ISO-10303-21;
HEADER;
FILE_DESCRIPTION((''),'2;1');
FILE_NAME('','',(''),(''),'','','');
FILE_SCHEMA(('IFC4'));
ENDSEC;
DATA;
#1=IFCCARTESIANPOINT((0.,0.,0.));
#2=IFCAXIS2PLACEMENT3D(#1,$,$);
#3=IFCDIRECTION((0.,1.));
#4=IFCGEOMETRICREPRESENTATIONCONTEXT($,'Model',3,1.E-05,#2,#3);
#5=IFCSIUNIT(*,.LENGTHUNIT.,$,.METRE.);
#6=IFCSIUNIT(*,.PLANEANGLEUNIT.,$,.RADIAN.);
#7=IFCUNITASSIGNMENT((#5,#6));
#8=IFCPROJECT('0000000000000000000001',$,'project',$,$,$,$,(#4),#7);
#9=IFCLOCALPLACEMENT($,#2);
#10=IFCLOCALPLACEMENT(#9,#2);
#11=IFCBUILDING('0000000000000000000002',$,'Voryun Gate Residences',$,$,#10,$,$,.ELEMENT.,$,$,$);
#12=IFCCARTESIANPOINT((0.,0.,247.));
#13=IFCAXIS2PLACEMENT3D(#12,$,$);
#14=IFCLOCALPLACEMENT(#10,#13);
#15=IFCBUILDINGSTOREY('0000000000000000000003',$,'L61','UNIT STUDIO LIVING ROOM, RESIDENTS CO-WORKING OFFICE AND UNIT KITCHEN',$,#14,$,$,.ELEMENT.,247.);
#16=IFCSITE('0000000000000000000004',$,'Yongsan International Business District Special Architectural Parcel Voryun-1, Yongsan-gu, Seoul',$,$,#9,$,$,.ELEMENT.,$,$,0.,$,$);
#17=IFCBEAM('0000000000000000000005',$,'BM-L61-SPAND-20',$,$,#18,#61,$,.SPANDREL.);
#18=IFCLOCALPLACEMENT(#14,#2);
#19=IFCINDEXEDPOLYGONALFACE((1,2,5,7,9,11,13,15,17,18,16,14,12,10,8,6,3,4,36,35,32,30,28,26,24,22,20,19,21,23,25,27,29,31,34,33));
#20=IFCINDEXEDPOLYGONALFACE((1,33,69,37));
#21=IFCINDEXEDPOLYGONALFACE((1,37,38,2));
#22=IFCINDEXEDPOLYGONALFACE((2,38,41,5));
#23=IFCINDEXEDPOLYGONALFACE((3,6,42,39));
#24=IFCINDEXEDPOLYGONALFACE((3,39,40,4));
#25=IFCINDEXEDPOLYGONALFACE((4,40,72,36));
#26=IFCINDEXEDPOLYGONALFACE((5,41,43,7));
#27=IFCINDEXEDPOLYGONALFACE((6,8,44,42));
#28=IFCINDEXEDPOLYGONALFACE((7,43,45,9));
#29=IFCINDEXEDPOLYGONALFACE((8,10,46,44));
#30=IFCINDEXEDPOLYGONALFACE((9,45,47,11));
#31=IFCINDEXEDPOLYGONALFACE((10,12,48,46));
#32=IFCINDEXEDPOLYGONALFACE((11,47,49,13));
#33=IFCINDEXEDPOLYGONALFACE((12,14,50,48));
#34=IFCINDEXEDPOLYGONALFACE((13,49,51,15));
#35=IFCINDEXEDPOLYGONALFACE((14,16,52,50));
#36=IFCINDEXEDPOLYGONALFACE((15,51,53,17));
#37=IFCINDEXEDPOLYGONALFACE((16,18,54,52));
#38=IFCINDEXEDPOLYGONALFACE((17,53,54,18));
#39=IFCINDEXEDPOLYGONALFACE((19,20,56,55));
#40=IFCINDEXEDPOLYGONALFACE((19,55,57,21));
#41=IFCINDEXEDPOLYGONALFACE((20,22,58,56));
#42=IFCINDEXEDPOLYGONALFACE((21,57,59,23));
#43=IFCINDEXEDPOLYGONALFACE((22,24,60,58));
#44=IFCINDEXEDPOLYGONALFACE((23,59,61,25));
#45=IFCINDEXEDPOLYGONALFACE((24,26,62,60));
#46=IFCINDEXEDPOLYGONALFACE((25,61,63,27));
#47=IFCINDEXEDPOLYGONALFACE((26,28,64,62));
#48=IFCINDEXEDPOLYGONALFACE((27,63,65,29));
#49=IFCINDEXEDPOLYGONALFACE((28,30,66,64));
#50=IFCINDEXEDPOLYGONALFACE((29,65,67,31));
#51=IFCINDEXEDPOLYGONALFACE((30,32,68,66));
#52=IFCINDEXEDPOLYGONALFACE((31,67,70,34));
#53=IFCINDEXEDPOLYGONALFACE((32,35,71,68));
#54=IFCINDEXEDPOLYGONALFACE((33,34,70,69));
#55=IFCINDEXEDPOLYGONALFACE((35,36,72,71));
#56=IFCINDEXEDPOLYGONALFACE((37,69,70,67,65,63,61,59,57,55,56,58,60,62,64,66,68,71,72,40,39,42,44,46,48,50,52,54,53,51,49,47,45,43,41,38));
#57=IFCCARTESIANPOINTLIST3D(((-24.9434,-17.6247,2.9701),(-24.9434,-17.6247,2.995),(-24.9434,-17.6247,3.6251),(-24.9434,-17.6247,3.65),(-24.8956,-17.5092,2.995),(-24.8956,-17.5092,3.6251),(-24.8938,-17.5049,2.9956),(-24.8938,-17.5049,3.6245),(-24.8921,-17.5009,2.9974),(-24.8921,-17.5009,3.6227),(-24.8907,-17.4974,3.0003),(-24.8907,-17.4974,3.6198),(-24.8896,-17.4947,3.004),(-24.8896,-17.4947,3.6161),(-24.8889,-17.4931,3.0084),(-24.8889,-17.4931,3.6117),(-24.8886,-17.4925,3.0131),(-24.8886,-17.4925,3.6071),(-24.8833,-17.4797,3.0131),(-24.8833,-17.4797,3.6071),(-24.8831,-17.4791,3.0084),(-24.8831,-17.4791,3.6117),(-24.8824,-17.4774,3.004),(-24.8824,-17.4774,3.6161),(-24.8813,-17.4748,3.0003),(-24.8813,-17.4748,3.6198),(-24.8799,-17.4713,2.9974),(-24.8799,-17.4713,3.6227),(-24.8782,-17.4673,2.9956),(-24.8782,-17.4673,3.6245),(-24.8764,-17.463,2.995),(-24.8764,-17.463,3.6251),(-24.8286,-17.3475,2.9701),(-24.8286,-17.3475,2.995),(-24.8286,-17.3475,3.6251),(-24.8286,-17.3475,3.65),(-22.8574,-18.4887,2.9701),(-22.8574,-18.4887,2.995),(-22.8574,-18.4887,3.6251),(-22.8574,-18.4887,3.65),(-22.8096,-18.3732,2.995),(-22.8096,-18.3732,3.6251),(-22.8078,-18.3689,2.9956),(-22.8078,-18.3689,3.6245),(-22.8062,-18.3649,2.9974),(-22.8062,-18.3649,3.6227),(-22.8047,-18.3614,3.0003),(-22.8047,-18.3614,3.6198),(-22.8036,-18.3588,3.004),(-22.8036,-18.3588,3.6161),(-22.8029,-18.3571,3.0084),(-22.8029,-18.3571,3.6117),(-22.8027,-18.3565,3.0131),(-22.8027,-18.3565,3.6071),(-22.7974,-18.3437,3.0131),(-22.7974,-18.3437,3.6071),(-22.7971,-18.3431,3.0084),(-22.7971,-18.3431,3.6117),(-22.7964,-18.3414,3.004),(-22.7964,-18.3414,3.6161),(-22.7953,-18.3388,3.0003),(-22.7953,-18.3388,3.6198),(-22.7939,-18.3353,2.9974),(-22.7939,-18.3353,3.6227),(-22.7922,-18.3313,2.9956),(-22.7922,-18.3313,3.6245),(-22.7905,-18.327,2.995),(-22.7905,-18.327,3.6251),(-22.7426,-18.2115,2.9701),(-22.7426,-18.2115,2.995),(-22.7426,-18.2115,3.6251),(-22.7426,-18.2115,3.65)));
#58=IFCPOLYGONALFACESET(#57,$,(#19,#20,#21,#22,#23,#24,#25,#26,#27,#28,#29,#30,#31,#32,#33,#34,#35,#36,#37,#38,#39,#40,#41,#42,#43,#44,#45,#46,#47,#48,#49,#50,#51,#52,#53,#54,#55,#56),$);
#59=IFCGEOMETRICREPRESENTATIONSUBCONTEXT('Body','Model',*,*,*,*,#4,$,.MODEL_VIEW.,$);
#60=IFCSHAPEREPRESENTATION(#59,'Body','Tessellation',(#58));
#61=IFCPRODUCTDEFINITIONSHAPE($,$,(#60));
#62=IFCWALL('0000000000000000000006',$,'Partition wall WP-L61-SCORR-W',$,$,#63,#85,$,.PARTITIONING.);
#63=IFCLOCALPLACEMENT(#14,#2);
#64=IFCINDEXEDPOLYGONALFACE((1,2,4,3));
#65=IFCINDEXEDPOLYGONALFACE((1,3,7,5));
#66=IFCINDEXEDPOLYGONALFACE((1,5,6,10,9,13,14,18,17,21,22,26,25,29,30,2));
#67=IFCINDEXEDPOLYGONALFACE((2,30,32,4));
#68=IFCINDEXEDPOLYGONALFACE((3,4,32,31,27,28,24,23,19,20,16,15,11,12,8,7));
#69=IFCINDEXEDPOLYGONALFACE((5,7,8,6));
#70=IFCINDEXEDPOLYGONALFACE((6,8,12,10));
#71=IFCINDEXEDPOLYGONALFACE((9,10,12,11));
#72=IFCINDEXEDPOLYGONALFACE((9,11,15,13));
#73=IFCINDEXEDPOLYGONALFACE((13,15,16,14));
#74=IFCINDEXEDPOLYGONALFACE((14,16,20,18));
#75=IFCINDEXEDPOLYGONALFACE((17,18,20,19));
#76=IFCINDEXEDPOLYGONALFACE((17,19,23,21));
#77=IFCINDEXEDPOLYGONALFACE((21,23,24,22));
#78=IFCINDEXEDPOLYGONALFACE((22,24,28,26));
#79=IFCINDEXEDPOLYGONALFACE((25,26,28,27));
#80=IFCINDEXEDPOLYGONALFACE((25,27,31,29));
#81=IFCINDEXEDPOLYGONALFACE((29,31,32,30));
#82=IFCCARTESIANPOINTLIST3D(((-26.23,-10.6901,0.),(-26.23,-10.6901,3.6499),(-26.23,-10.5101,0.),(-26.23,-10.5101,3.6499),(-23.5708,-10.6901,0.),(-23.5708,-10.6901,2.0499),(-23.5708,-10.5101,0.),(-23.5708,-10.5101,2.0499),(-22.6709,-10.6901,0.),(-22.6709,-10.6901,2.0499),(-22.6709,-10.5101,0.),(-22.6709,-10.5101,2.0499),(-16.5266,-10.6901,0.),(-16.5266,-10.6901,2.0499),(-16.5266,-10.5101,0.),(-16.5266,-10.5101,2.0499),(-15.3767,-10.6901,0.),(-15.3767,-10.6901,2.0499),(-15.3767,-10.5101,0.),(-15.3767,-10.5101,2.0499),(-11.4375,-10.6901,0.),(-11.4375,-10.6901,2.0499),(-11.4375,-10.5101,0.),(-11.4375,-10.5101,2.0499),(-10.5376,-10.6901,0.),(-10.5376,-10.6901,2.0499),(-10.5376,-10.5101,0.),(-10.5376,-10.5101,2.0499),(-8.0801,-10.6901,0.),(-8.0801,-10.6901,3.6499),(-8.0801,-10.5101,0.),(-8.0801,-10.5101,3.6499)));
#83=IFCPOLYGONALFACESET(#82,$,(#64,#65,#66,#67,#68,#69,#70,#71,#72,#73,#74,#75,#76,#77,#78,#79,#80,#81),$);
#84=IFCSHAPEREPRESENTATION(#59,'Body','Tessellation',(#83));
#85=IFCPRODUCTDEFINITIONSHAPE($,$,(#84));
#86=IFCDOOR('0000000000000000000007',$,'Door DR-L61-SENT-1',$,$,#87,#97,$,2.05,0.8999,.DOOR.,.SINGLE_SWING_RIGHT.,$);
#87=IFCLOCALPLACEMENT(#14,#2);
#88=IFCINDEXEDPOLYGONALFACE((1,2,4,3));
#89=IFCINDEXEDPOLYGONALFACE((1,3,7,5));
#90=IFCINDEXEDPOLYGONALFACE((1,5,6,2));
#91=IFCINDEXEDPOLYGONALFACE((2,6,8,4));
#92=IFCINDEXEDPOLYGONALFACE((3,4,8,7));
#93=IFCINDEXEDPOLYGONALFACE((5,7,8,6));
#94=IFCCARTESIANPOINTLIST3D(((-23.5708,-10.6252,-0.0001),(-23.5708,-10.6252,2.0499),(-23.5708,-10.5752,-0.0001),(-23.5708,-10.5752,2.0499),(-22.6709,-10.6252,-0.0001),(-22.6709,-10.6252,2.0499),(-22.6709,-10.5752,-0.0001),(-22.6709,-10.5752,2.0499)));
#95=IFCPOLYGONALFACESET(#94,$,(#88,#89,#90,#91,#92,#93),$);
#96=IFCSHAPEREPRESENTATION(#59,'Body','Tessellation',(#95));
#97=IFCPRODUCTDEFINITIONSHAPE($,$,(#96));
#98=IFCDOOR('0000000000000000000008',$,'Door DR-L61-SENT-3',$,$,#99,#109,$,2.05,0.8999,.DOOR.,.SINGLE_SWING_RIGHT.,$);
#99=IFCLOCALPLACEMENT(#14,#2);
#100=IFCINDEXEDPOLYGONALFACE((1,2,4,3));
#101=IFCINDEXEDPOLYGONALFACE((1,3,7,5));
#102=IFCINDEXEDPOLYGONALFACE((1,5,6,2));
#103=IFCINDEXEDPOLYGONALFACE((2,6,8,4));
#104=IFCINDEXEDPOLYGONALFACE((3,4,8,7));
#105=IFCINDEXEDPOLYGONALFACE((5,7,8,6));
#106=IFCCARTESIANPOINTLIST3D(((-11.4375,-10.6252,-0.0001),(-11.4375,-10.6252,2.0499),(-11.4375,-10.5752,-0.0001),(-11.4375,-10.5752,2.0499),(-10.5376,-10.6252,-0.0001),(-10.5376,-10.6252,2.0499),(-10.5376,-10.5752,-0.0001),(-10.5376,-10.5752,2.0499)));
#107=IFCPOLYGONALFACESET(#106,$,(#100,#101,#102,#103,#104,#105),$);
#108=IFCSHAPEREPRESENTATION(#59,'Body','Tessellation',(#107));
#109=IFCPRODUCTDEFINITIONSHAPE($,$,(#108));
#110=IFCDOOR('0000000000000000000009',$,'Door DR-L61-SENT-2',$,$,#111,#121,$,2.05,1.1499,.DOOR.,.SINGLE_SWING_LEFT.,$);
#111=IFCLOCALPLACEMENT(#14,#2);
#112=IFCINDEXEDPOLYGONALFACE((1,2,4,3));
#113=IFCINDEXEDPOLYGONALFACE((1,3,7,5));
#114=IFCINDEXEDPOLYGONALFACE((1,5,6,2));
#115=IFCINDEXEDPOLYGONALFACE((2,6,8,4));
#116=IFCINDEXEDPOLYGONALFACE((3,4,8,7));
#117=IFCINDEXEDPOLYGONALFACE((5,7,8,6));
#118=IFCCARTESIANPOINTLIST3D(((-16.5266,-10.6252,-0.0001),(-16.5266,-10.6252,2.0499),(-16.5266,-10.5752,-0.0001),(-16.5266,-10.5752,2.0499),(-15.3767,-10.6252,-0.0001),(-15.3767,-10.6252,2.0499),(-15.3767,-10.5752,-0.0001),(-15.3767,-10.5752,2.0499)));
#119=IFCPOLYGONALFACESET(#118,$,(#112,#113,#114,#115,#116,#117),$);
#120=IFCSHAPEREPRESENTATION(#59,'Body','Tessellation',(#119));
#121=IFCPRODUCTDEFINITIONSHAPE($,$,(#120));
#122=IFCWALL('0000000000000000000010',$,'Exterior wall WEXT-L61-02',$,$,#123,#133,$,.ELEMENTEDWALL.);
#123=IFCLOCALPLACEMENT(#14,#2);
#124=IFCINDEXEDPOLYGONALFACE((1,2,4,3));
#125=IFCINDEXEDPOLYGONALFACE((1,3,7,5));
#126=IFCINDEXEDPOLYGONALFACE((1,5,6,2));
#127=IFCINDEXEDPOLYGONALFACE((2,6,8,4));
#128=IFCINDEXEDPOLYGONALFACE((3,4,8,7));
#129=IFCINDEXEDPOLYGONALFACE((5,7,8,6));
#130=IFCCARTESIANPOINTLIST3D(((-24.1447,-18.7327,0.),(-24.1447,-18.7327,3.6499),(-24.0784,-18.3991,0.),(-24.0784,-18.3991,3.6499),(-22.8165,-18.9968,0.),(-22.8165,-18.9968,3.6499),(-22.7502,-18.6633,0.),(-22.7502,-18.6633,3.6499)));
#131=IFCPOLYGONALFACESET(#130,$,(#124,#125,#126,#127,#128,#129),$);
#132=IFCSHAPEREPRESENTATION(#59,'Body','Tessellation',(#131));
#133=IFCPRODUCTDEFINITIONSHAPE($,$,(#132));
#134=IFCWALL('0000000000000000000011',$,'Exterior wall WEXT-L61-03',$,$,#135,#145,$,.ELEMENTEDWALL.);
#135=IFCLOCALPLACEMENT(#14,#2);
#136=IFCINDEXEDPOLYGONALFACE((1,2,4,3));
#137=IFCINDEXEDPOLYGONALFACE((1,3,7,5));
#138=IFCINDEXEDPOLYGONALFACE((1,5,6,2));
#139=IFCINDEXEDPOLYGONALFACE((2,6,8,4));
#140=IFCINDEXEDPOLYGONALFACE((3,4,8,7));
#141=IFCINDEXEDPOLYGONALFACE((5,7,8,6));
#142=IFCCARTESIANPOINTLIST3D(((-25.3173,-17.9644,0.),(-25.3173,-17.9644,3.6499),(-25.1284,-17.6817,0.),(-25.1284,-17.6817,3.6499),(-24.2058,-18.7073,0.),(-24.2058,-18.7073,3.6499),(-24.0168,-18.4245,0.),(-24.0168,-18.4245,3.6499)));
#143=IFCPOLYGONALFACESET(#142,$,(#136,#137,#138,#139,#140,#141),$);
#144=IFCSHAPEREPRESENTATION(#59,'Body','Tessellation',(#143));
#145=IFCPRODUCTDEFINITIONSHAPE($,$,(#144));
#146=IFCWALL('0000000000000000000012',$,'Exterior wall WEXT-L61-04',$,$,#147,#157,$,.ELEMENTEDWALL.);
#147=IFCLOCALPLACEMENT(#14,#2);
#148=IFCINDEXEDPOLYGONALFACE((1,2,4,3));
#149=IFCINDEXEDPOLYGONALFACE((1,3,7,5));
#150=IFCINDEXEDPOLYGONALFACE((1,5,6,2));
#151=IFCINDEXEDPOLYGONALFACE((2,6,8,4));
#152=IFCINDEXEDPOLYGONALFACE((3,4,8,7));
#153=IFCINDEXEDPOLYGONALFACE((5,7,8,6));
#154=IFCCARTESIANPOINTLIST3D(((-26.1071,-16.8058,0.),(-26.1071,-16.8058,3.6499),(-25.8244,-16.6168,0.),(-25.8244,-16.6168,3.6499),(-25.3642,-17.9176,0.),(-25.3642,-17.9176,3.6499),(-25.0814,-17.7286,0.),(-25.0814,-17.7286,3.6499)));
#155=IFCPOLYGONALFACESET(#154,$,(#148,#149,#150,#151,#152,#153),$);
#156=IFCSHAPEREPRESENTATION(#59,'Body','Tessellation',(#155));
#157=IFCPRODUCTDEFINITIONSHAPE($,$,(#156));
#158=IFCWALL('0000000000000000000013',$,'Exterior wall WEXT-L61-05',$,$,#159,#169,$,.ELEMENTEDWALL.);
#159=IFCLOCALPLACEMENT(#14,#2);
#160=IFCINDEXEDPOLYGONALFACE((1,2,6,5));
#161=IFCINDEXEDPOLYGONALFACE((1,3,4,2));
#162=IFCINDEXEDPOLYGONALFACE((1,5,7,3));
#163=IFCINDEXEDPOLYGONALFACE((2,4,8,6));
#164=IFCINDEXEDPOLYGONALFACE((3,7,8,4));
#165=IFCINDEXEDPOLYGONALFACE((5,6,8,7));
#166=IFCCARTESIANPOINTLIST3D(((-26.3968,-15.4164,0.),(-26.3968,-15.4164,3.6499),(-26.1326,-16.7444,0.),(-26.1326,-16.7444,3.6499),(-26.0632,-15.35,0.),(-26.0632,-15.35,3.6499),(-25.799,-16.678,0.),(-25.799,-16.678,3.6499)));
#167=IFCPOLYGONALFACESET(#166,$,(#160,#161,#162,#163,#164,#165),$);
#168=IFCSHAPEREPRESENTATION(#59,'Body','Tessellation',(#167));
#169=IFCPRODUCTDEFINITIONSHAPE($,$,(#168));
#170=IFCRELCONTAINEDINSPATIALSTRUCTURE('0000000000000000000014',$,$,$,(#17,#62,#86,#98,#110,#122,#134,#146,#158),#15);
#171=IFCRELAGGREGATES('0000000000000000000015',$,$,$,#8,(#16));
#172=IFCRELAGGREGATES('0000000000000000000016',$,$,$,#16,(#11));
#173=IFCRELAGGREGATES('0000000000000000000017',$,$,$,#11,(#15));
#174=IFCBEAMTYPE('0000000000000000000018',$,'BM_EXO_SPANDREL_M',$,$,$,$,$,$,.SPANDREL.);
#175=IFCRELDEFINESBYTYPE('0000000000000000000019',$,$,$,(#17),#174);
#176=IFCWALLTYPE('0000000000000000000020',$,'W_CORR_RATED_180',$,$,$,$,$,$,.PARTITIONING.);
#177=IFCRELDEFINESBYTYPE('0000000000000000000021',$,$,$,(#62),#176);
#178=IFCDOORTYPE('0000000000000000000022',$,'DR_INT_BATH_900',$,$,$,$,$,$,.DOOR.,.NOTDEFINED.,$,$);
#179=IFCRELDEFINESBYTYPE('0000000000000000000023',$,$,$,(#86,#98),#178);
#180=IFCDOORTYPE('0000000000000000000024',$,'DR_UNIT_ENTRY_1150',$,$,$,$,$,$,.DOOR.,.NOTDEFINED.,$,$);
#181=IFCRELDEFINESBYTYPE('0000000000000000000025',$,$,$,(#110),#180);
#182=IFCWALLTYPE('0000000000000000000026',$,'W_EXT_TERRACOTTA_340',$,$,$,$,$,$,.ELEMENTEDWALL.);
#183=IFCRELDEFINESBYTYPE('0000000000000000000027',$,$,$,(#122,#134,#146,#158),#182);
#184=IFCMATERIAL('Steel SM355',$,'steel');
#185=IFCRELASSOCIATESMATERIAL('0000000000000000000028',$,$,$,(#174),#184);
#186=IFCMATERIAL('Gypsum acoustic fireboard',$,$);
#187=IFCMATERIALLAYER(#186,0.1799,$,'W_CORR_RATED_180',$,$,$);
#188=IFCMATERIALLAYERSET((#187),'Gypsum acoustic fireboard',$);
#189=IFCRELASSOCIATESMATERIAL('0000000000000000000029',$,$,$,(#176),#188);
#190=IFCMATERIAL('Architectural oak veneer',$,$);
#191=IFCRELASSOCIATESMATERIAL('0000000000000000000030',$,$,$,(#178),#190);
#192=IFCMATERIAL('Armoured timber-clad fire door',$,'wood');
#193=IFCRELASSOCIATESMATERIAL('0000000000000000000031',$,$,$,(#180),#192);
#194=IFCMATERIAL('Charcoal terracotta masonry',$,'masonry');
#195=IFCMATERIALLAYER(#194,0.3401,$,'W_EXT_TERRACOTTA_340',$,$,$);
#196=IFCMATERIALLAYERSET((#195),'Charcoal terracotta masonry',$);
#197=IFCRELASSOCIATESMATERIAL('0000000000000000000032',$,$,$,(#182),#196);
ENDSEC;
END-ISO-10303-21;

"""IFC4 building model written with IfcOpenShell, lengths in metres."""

from ifc_helpers import new_model, si_unit, direction, frame, frame_2d, origin, origin_2d, place, context, subcontext, project, spatial, rectangle, i_section, extrude, material, layer, layer_set, material_profile, profile_set, type_object, element, fill, save


model = new_model("IFC4")

# Units and contexts
model_context = context("Model", 3, precision=1e-05, world=origin(), true_north=direction((0.0, 1.0)))
body_context = subcontext(model_context, "Body", "Model", "MODEL_VIEW")
ifc_project = project(units=[si_unit("LENGTHUNIT", "METRE"), si_unit("PLANEANGLEUNIT", "RADIAN")], contexts=[model_context])

# Site, building, storey
site_placement = place(None, origin())
site = spatial("IfcSite", under=ifc_project, at=site_placement, Name="Yongsan International Business District Special Architectural Parcel Voryun-1, Yongsan-gu, Seoul", CompositionType="ELEMENT", RefElevation=0.0)
building_placement = place(site_placement, origin())
building = spatial("IfcBuilding", under=site, at=building_placement, Name="Voryun Gate Residences", CompositionType="ELEMENT")
storey_placement = place(building_placement, frame((0.0, 0.0, 247.0)))
storey = spatial("IfcBuildingStorey", under=building, at=storey_placement, Name="L61", Description="UNIT STUDIO LIVING ROOM, RESIDENTS CO-WORKING OFFICE AND UNIT KITCHEN", CompositionType="ELEMENT", Elevation=247.0)

# Beam
ifc_material_1 = material(Name="Steel SM355", Category="steel")
ifc_material_profile_1 = material_profile(ifc_material_1, i_section(OverallWidth=0.3, OverallDepth=0.6799, WebThickness=0.0139, FlangeThickness=0.0249, FilletRadius=0.0181, at=origin_2d()), Name="H-680x300x14x25")
ifc_profile_set_1 = profile_set([ifc_material_profile_1], Name="Steel SM355")
beam_type = type_object("IfcBeamType", Name="BM_EXO_SPANDREL_M", PredefinedType="SPANDREL", material=ifc_profile_set_1)
beam_1_placement = place(storey_placement, frame((-24.886, -17.4861, 3.3101), z_axis=(0.923881, -0.38268, 0.0), x_axis=(0.38268, 0.923881, 0.0)))
element("IfcBeam", 1, at=beam_1_placement, inside=storey, type_object=beam_type, Name="BM-L61-SPAND-20", PredefinedType="SPANDREL", context=body_context, shape_type="SweptSolid", body=[
    extrude(i_section(OverallWidth=0.3, OverallDepth=0.6799, WebThickness=0.0139, FlangeThickness=0.0249, FilletRadius=0.0181, at=origin_2d()), origin(), (0.0, 0.0, 1.0), 2.2578),
])

# Wall, openings, doors
ifc_material_2 = material(Name="Gypsum acoustic fireboard")
ifc_layer_1 = layer(ifc_material_2, 0.1799, Name="W_CORR_RATED_180")
ifc_layer_set_1 = layer_set([ifc_layer_1], Name="Gypsum acoustic fireboard")
wall_type_1 = type_object("IfcWallType", Name="W_CORR_RATED_180", PredefinedType="PARTITIONING", material=ifc_layer_set_1)
wall_1_placement = place(storey_placement, frame((-26.23, -10.6001, 0.0), z_axis=(0.0, 0.0, 1.0), x_axis=(1.0, 0.0, 0.0)))
wall_1 = element("IfcWall", 2, at=wall_1_placement, inside=storey, type_object=wall_type_1, Name="Partition wall WP-L61-SCORR-W", PredefinedType="PARTITIONING", context=body_context, shape_type="SweptSolid", body=[
    extrude(rectangle(XDim=18.1499, YDim=0.1799, at=frame_2d((9.075, 0.0))), origin(), (0.0, 0.0, 1.0), 3.6499),
])
opening_1_placement = place(wall_1_placement, frame((2.6592, 0.0, 0.0)))
opening_1 = element("IfcOpeningElement", 3, at=opening_1_placement, cuts=wall_1, PredefinedType="OPENING", context=body_context, shape_type="SweptSolid", body=[
    extrude(rectangle(XDim=0.8999, YDim=2.05, at=frame_2d((0.45, 1.0249))), frame((0.0, 0.0999, 0.0), z_axis=(0.0, -1.0, 0.0), x_axis=(1.0, 0.0, 0.0)), (0.0, 0.0, 1.0), 0.2),
])
opening_2_placement = place(wall_1_placement, frame((9.7034, 0.0, 0.0)))
opening_2 = element("IfcOpeningElement", 4, at=opening_2_placement, cuts=wall_1, PredefinedType="OPENING", context=body_context, shape_type="SweptSolid", body=[
    extrude(rectangle(XDim=1.1499, YDim=2.05, at=frame_2d((0.575, 1.0249))), frame((0.0, 0.0999, 0.0), z_axis=(0.0, -1.0, 0.0), x_axis=(1.0, 0.0, 0.0)), (0.0, 0.0, 1.0), 0.2),
])
opening_3_placement = place(wall_1_placement, frame((14.7925, 0.0, 0.0)))
opening_3 = element("IfcOpeningElement", 5, at=opening_3_placement, cuts=wall_1, PredefinedType="OPENING", context=body_context, shape_type="SweptSolid", body=[
    extrude(rectangle(XDim=0.8999, YDim=2.05, at=frame_2d((0.45, 1.0249))), frame((0.0, 0.0999, 0.0), z_axis=(0.0, -1.0, 0.0), x_axis=(1.0, 0.0, 0.0)), (0.0, 0.0, 1.0), 0.2),
])
ifc_material_3 = material(Name="Architectural oak veneer")
door_type_1 = type_object("IfcDoorType", Name="DR_INT_BATH_900", OperationType="NOTDEFINED", PredefinedType="DOOR", material=ifc_material_3)
door_1_placement = place(opening_1_placement, origin())
door_1 = element("IfcDoor", 6, at=door_1_placement, inside=storey, type_object=door_type_1, Name="Door DR-L61-SENT-1", OperationType="SINGLE_SWING_RIGHT", OverallHeight=2.05, OverallWidth=0.8999, PredefinedType="DOOR", context=body_context, shape_type="SweptSolid", body=[
    extrude(rectangle(XDim=0.8999, YDim=2.05, at=frame_2d((0.45, 1.0249))), frame((0.0, 0.0249, 0.0), z_axis=(0.0, -1.0, 0.0), x_axis=(1.0, 0.0, 0.0)), (0.0, 0.0, 1.0), 0.05),
])
fill(opening_1, door_1)
door_2_placement = place(opening_3_placement, origin())
door_2 = element("IfcDoor", 7, at=door_2_placement, inside=storey, type_object=door_type_1, Name="Door DR-L61-SENT-3", OperationType="SINGLE_SWING_RIGHT", OverallHeight=2.05, OverallWidth=0.8999, PredefinedType="DOOR", context=body_context, shape_type="SweptSolid", body=[
    extrude(rectangle(XDim=0.8999, YDim=2.05, at=frame_2d((0.45, 1.0249))), frame((0.0, 0.0249, 0.0), z_axis=(0.0, -1.0, 0.0), x_axis=(1.0, 0.0, 0.0)), (0.0, 0.0, 1.0), 0.05),
])
fill(opening_3, door_2)
ifc_material_4 = material(Name="Armoured timber-clad fire door", Category="wood")
door_type_2 = type_object("IfcDoorType", Name="DR_UNIT_ENTRY_1150", OperationType="NOTDEFINED", PredefinedType="DOOR", material=ifc_material_4)
door_3_placement = place(opening_2_placement, origin())
door_3 = element("IfcDoor", 8, at=door_3_placement, inside=storey, type_object=door_type_2, Name="Door DR-L61-SENT-2", OperationType="SINGLE_SWING_LEFT", OverallHeight=2.05, OverallWidth=1.1499, PredefinedType="DOOR", context=body_context, shape_type="SweptSolid", body=[
    extrude(rectangle(XDim=1.1499, YDim=2.05, at=frame_2d((0.575, 1.0249))), frame((0.0, 0.0249, 0.0), z_axis=(0.0, -1.0, 0.0), x_axis=(1.0, 0.0, 0.0)), (0.0, 0.0, 1.0), 0.05),
])
fill(opening_2, door_3)

# Walls
ifc_material_5 = material(Name="Charcoal terracotta masonry", Category="masonry")
ifc_layer_2 = layer(ifc_material_5, 0.3401, Name="W_EXT_TERRACOTTA_340")
ifc_layer_set_2 = layer_set([ifc_layer_2], Name="Charcoal terracotta masonry")
wall_type_2 = type_object("IfcWallType", Name="W_EXT_TERRACOTTA_340", PredefinedType="ELEMENTEDWALL", material=ifc_layer_set_2)
wall_2_placement = place(storey_placement, frame((-22.7832, -18.8301, 0.0), z_axis=(0.0, 0.0, 1.0), x_axis=(-0.980788, 0.195076, 0.0)))
element("IfcWall", 9, at=wall_2_placement, inside=storey, type_object=wall_type_2, Name="Exterior wall WEXT-L61-02", PredefinedType="ELEMENTEDWALL", context=body_context, shape_type="SweptSolid", body=[
    extrude(rectangle(XDim=1.3542, YDim=0.3401, at=frame_2d((0.6772, 0.0))), origin(), (0.0, 0.0, 1.0), 3.6499),
])
wall_3_placement = place(storey_placement, frame((-24.1113, -18.5659, 0.0), z_axis=(0.0, 0.0, 1.0), x_axis=(-0.831404, 0.555669, 0.0)))
element("IfcWall", 10, at=wall_3_placement, inside=storey, type_object=wall_type_2, Name="Exterior wall WEXT-L61-03", PredefinedType="ELEMENTEDWALL", context=body_context, shape_type="SweptSolid", body=[
    extrude(rectangle(XDim=1.3369, YDim=0.3401, at=frame_2d((0.6685, 0.0))), origin(), (0.0, 0.0, 1.0), 3.6499),
])
wall_4_placement = place(storey_placement, frame((-25.2229, -17.823, 0.0), z_axis=(0.0, 0.0, 1.0), x_axis=(-0.555585, 0.83146, 0.0)))
element("IfcWall", 11, at=wall_4_placement, inside=storey, type_object=wall_type_2, Name="Exterior wall WEXT-L61-04", PredefinedType="ELEMENTEDWALL", context=body_context, shape_type="SweptSolid", body=[
    extrude(rectangle(XDim=1.3372, YDim=0.3401, at=frame_2d((0.6685, 0.0))), origin(), (0.0, 0.0, 1.0), 3.6499),
])
wall_5_placement = place(storey_placement, frame((-25.9658, -16.7112, 0.0), z_axis=(0.0, 0.0, 1.0), x_axis=(-0.19511, 0.980781, 0.0)))
element("IfcWall", 12, at=wall_5_placement, inside=storey, type_object=wall_type_2, Name="Exterior wall WEXT-L61-05", PredefinedType="ELEMENTEDWALL", context=body_context, shape_type="SweptSolid", body=[
    extrude(rectangle(XDim=1.354, YDim=0.3401, at=frame_2d((0.677, 0.0))), origin(), (0.0, 0.0, 1.0), 3.6499),
])

save(model, "model.ifc")
